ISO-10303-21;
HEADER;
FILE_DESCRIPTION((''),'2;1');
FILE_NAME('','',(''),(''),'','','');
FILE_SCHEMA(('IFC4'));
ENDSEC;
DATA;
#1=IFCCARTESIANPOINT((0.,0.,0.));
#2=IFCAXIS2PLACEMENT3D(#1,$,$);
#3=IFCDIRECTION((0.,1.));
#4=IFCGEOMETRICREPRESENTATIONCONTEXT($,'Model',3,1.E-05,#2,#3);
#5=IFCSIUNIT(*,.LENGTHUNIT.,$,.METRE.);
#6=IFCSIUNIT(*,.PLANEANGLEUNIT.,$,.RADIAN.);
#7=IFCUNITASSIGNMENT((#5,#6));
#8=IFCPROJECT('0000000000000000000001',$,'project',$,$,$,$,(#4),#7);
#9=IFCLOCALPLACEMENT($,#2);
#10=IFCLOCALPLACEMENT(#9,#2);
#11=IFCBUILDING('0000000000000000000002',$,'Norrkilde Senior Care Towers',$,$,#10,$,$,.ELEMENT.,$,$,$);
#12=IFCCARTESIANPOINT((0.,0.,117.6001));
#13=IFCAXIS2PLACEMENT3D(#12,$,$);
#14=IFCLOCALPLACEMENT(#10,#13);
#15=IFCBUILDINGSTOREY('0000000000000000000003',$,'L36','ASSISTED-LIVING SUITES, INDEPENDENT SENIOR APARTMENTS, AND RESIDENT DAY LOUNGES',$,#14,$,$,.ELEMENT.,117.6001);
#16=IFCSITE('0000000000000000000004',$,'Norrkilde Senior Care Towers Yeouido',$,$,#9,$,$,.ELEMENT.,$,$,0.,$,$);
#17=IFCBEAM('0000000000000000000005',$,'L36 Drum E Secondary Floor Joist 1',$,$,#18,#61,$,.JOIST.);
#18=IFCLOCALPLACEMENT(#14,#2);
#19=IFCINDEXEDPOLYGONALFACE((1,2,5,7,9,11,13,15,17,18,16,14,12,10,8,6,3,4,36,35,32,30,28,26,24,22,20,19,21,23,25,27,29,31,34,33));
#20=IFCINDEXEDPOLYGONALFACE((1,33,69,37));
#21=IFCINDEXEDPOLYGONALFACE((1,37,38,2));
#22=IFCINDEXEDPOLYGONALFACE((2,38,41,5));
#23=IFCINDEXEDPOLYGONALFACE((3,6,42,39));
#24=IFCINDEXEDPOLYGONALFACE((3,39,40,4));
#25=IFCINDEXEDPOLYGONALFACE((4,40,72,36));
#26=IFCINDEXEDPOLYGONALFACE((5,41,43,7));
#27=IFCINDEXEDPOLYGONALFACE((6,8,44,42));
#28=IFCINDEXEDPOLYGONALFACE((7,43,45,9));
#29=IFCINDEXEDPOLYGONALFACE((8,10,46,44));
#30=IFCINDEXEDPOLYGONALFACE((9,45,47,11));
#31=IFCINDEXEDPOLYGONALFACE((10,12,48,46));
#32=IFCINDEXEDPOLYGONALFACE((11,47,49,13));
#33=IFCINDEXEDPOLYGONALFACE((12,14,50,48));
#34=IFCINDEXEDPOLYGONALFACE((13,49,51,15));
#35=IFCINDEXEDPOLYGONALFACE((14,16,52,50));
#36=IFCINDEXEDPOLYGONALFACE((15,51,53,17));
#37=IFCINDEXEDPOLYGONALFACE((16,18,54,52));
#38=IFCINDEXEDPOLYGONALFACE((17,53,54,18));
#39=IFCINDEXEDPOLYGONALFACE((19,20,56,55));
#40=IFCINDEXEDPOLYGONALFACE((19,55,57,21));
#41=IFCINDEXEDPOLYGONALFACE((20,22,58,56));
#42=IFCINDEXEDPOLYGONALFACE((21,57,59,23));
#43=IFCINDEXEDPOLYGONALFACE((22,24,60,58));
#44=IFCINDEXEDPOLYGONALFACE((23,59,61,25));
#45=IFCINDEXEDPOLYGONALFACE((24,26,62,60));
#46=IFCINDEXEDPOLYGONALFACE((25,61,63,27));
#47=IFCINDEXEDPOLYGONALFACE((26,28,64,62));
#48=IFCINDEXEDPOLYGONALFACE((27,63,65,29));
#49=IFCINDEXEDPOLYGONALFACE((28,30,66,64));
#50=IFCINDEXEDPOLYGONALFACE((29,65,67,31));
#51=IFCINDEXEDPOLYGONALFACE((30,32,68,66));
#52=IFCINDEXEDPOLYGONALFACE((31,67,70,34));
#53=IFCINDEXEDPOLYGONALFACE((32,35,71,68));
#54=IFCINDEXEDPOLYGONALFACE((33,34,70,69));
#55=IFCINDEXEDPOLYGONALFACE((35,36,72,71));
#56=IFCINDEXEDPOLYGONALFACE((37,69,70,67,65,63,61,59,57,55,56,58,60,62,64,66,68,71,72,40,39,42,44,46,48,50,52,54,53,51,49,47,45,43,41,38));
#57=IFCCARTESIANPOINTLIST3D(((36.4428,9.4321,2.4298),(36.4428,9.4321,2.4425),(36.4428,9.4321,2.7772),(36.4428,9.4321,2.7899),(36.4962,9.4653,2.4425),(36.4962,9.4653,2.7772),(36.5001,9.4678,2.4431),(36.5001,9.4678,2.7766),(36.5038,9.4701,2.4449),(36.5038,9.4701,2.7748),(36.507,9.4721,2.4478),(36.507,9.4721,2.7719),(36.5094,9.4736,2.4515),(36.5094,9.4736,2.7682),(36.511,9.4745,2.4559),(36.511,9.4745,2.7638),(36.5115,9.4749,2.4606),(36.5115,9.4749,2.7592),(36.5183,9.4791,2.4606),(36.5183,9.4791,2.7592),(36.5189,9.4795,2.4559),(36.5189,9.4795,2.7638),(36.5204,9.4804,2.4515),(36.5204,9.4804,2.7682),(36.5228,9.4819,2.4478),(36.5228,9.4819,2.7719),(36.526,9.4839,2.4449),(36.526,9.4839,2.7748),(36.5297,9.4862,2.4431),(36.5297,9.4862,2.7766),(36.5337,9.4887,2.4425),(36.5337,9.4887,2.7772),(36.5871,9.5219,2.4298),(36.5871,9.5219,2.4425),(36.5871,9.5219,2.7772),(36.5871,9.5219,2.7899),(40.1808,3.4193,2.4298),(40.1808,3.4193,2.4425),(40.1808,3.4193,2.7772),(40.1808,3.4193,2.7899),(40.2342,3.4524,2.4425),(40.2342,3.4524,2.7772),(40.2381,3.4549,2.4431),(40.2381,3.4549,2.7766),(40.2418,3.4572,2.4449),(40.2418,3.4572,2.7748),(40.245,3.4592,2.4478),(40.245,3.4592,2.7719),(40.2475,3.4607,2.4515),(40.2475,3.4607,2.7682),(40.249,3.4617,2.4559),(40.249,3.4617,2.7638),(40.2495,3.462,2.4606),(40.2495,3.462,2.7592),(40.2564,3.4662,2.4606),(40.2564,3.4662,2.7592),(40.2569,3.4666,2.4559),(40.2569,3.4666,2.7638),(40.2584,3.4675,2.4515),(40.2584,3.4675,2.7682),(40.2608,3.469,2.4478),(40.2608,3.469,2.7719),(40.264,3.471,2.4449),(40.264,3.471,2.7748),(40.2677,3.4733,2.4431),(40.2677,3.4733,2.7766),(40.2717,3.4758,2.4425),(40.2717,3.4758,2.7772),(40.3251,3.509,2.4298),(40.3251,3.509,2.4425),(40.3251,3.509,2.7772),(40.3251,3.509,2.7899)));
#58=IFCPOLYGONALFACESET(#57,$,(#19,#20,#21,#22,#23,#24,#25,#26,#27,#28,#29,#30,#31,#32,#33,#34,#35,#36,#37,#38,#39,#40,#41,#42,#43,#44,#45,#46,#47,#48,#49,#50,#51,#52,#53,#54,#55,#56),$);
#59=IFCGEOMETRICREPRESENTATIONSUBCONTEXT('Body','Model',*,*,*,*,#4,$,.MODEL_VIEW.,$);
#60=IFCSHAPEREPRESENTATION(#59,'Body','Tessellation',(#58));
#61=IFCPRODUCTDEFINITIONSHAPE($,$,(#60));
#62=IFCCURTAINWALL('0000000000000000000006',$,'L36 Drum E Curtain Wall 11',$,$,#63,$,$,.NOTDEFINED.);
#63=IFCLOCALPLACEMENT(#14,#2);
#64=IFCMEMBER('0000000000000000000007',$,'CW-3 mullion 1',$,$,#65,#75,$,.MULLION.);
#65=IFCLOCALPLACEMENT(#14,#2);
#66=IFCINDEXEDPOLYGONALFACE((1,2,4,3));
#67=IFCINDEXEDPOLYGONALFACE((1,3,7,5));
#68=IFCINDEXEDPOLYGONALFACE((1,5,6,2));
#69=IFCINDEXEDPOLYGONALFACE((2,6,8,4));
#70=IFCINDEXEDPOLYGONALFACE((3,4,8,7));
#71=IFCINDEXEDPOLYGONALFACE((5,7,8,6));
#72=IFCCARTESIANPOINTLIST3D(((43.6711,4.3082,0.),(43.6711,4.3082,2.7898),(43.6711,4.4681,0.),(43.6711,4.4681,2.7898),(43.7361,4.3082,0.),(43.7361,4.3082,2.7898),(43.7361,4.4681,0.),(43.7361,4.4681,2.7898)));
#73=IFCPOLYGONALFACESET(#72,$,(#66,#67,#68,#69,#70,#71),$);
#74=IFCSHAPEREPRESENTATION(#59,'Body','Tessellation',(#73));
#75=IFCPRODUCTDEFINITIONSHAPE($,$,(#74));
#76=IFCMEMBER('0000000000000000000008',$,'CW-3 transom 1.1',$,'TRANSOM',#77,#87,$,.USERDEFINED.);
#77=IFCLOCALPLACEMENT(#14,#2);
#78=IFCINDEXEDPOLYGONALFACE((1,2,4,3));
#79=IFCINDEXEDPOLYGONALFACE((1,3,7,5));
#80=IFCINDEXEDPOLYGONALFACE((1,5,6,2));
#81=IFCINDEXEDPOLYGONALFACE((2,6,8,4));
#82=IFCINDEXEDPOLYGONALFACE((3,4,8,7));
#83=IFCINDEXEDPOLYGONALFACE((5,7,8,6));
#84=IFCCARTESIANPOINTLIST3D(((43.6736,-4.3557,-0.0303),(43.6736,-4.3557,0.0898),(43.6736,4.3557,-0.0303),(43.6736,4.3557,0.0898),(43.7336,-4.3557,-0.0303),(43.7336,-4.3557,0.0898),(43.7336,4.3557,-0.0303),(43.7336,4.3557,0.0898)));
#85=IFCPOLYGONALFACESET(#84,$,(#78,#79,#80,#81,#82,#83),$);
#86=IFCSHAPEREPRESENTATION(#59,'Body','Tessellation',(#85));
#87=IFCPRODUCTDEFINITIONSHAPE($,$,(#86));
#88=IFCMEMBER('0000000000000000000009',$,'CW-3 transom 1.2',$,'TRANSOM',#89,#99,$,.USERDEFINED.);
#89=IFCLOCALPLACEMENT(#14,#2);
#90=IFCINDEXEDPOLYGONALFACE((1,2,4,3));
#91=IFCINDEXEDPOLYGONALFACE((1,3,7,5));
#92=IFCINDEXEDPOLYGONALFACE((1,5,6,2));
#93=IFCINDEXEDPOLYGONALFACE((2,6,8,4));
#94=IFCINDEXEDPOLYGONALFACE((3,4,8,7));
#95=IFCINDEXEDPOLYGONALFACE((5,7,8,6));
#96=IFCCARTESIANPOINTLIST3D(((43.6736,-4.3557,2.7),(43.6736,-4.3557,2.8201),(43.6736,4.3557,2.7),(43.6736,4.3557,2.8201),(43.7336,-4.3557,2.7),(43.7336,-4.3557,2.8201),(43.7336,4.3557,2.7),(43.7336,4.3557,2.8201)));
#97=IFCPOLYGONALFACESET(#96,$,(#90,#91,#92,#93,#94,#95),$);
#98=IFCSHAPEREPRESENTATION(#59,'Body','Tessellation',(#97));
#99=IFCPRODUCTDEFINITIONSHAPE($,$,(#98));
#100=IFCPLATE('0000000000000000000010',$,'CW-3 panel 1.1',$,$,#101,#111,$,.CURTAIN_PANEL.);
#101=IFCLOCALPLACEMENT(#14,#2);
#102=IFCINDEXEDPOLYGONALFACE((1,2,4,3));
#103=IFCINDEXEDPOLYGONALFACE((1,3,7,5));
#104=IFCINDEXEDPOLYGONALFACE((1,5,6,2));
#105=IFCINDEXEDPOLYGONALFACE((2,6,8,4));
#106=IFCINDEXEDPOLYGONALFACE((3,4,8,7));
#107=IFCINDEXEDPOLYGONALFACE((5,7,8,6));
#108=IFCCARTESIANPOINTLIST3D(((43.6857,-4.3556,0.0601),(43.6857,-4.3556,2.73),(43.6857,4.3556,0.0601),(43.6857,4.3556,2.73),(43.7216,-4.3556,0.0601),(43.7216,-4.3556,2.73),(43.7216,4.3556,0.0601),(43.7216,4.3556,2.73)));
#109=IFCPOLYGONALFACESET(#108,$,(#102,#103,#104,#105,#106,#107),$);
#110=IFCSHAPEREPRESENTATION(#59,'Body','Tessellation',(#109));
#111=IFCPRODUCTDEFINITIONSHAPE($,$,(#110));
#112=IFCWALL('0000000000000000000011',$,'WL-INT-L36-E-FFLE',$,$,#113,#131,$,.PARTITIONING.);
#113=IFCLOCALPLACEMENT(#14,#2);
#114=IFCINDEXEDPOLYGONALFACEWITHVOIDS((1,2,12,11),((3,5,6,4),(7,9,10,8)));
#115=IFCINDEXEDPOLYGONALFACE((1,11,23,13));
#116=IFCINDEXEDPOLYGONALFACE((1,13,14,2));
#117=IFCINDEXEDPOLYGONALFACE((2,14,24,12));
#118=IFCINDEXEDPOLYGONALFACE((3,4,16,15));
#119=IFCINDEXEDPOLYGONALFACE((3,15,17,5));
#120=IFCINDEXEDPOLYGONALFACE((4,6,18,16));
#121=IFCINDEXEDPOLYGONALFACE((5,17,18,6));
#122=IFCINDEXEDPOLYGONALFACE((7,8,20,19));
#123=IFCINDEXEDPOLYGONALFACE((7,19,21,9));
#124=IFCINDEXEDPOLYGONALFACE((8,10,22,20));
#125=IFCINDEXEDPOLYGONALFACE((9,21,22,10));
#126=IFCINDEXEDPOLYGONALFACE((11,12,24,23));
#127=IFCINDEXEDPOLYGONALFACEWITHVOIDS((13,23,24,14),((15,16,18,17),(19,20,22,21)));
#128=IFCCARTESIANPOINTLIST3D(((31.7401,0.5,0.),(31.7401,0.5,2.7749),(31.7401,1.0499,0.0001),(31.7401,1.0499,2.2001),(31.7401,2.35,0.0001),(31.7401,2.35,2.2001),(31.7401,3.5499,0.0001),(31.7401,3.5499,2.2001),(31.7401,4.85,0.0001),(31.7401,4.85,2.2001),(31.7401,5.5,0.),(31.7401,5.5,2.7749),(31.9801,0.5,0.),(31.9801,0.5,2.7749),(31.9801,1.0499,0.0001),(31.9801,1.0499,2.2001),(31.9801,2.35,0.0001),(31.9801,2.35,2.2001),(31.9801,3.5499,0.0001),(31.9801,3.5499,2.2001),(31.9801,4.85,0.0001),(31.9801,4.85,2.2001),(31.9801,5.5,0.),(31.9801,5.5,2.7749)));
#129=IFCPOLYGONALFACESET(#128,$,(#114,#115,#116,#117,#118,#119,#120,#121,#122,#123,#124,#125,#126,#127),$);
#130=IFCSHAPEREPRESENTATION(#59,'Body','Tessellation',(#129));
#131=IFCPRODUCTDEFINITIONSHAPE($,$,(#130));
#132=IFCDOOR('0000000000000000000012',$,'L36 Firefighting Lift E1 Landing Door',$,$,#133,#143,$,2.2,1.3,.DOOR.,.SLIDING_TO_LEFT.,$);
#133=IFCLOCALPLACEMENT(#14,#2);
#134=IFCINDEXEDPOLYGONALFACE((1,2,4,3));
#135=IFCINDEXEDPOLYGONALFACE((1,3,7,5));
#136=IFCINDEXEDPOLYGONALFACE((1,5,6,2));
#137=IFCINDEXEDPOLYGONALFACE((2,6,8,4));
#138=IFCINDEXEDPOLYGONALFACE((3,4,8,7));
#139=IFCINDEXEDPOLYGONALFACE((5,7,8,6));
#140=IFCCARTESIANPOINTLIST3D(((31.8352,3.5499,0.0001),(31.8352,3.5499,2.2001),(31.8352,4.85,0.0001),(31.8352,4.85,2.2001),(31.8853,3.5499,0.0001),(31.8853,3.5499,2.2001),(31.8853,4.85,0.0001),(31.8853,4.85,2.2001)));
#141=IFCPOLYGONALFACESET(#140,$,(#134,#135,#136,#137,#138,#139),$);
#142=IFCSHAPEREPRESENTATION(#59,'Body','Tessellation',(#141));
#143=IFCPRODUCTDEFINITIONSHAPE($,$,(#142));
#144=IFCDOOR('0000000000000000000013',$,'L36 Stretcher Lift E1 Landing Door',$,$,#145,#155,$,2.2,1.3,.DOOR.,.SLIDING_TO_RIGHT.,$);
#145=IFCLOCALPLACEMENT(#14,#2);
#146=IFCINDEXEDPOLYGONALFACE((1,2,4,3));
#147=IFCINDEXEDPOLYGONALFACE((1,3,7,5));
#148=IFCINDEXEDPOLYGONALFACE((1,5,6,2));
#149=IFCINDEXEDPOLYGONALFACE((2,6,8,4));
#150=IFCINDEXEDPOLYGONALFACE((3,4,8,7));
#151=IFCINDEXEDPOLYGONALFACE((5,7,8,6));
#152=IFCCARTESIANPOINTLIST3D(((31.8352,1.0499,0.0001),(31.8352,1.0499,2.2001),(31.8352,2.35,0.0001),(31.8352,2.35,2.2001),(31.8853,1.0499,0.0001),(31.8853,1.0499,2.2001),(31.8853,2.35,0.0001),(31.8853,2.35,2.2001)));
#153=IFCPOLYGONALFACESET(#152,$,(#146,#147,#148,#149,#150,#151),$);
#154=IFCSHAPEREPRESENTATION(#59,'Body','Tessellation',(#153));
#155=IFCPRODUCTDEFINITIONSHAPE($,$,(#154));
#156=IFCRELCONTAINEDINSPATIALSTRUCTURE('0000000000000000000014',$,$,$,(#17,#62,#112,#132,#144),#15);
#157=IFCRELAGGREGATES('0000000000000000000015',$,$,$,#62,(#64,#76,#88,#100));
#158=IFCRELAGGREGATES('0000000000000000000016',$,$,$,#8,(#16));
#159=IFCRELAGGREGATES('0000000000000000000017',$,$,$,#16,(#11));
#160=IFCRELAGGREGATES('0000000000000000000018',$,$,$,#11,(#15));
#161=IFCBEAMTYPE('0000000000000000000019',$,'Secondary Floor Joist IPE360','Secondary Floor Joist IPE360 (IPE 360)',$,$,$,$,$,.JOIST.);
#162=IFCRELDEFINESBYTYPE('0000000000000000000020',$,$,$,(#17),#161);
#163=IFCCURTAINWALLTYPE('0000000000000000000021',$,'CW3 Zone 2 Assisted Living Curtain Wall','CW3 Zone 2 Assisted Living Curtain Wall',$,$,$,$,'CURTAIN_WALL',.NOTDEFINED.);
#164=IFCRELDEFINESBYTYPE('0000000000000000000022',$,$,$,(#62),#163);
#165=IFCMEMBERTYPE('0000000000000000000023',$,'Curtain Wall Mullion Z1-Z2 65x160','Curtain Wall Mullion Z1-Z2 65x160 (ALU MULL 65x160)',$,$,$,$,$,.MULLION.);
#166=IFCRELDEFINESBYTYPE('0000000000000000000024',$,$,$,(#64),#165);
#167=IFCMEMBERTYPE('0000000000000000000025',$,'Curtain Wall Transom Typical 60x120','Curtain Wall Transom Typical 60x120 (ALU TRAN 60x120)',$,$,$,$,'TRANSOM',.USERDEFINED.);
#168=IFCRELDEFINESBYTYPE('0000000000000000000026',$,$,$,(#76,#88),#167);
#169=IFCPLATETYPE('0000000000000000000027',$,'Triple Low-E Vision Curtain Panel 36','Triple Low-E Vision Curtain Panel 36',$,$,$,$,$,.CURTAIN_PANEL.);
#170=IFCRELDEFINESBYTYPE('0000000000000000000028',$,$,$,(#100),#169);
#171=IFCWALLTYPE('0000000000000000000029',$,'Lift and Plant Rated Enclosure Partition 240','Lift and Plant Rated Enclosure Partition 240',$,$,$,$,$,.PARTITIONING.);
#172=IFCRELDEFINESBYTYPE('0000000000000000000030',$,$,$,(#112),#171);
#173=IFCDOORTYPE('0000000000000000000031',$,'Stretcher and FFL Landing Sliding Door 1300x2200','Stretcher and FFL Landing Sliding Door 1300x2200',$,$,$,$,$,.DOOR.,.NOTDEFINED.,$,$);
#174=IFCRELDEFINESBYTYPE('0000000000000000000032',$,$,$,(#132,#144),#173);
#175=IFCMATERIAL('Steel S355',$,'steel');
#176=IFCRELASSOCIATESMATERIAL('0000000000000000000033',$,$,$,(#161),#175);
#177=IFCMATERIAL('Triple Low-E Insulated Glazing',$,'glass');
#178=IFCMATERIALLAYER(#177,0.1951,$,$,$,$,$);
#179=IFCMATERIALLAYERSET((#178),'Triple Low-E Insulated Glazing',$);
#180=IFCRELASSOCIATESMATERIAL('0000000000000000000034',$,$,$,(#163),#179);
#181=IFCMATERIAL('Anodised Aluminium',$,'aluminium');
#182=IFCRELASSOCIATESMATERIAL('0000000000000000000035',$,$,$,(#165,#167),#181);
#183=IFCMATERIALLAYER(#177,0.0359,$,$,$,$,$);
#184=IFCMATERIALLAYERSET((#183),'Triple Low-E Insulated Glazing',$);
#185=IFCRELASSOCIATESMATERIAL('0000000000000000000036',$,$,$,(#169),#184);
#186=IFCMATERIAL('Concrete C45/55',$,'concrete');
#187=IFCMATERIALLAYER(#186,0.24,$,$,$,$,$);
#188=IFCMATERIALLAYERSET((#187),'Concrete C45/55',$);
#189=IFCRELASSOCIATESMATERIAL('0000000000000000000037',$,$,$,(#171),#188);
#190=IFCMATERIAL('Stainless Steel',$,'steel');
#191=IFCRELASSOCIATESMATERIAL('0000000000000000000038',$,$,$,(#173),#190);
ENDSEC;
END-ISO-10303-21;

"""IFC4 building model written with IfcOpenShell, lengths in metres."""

from ifc_helpers import new_model, si_unit, direction, frame, frame_2d, origin, origin_2d, place, context, subcontext, project, spatial, rectangle, i_section, extrude, source, transform, mapped, material, layer, layer_set, material_profile, profile_set, type_object, type_shapes, element, fill, aggregate, save


model = new_model("IFC4")

# Units and contexts
model_context = context("Model", 3, precision=1e-05, world=origin(), true_north=direction((0.0, 1.0)))
body_context = subcontext(model_context, "Body", "Model", "MODEL_VIEW")
ifc_project = project(units=[si_unit("LENGTHUNIT", "METRE"), si_unit("PLANEANGLEUNIT", "RADIAN")], contexts=[model_context])

# Site, building, storey
site_placement = place(None, origin())
site = spatial("IfcSite", under=ifc_project, at=site_placement, Name="Norrkilde Senior Care Towers Yeouido", CompositionType="ELEMENT", RefElevation=0.0)
building_placement = place(site_placement, origin())
building = spatial("IfcBuilding", under=site, at=building_placement, Name="Norrkilde Senior Care Towers", CompositionType="ELEMENT")
storey_placement = place(building_placement, frame((0.0, 0.0, 117.6001)))
storey = spatial("IfcBuildingStorey", under=building, at=storey_placement, Name="L36", Description="ASSISTED-LIVING SUITES, INDEPENDENT SENIOR APARTMENTS, AND RESIDENT DAY LOUNGES", CompositionType="ELEMENT", Elevation=117.6001)

# Beam
ifc_material_1 = material(Name="Steel S355", Category="steel")
ifc_material_profile_1 = material_profile(ifc_material_1, i_section(OverallWidth=0.1699, OverallDepth=0.3601, WebThickness=0.0081, FlangeThickness=0.0127, FilletRadius=0.0181, at=origin_2d()), Name="IPE 360")
ifc_profile_set_1 = profile_set([ifc_material_profile_1], Name="Steel S355")
beam_type_1 = type_object("IfcBeamType", Name="Secondary Floor Joist IPE360", Description="Secondary Floor Joist IPE360 (IPE 360)", PredefinedType="JOIST", material=ifc_profile_set_1)
shared_shape_1 = source(origin(), body_context, "Body", "SweptSolid", [
    extrude(i_section(OverallWidth=0.1699, OverallDepth=0.3601, WebThickness=0.0081, FlangeThickness=0.0127, FilletRadius=0.0181, at=origin_2d()), origin(), (0.0, 0.0, 1.0), 7.0801),
])
type_shapes(beam_type_1, [shared_shape_1])
beam_1_placement = place(storey_placement, frame((40.2529, 3.4641, 2.6099), z_axis=(-0.527961, 0.849269, 0.0), x_axis=(-0.849269, -0.527961, 0.0)))
element("IfcBeam", 1, at=beam_1_placement, inside=storey, type_object=beam_type_1, Name="L36 Drum E Secondary Floor Joist 1", PredefinedType="JOIST", context=body_context, shape_type="MappedRepresentation", body=[
    mapped(shared_shape_1, transform((0.0, 0.0, 0.0), x_axis=(1.0, 0.0, 0.0), y_axis=(0.0, 1.0, 0.0), z_axis=(0.0, 0.0, 1.0), scale=1.0)),
])

# Curtain wall, members, plate
ifc_material_2 = material(Name="Triple Low-E Insulated Glazing", Category="glass")
ifc_layer_1 = layer(ifc_material_2, 0.1951)
ifc_layer_set_1 = layer_set([ifc_layer_1], Name="Triple Low-E Insulated Glazing")
curtain_wall_type = type_object("IfcCurtainWallType", Name="CW3 Zone 2 Assisted Living Curtain Wall", Description="CW3 Zone 2 Assisted Living Curtain Wall", ElementType="CURTAIN_WALL", PredefinedType="NOTDEFINED", material=ifc_layer_set_1)
curtain_wall_placement = place(storey_placement, origin())
curtain_wall = element("IfcCurtainWall", 2, at=curtain_wall_placement, inside=storey, type_object=curtain_wall_type, Name="L36 Drum E Curtain Wall 11", PredefinedType="NOTDEFINED")
ifc_material_3 = material(Name="Anodised Aluminium", Category="aluminium")
ifc_material_profile_2 = material_profile(ifc_material_3, rectangle(XDim=0.0649, YDim=0.1599, at=origin_2d()), Name="ALU MULL 65x160")
ifc_profile_set_2 = profile_set([ifc_material_profile_2], Name="Anodised Aluminium")
member_type_1 = type_object("IfcMemberType", Name="Curtain Wall Mullion Z1-Z2 65x160", Description="Curtain Wall Mullion Z1-Z2 65x160 (ALU MULL 65x160)", PredefinedType="MULLION", material=ifc_profile_set_2)
shared_shape_2 = source(origin(), body_context, "Body", "SweptSolid", [
    extrude(rectangle(XDim=0.0649, YDim=0.1599, at=origin_2d()), origin(), (0.0, 0.0, 1.0), 2.7898),
])
type_shapes(member_type_1, [shared_shape_2])
member_1_placement = place(storey_placement, frame((43.7036, 4.3882, 0.0), z_axis=(0.0, 0.0, 1.0), x_axis=(1.0, 0.0, 0.0)))
member_1 = element("IfcMember", 3, at=member_1_placement, type_object=member_type_1, Name="CW-3 mullion 1", PredefinedType="MULLION", context=body_context, shape_type="MappedRepresentation", body=[
    mapped(shared_shape_2, transform((0.0, 0.0, 0.0), x_axis=(1.0, 0.0, 0.0), y_axis=(0.0, 1.0, 0.0), z_axis=(0.0, 0.0, 1.0), scale=1.0)),
])
ifc_material_profile_3 = material_profile(ifc_material_3, rectangle(XDim=0.0601, YDim=0.1201, at=origin_2d()), Name="ALU TRAN 60x120")
ifc_profile_set_3 = profile_set([ifc_material_profile_3], Name="Anodised Aluminium")
member_type_2 = type_object("IfcMemberType", Name="Curtain Wall Transom Typical 60x120", Description="Curtain Wall Transom Typical 60x120 (ALU TRAN 60x120)", ElementType="TRANSOM", PredefinedType="USERDEFINED", material=ifc_profile_set_3)
shared_shape_3 = source(origin(), body_context, "Body", "SweptSolid", [
    extrude(rectangle(XDim=0.0601, YDim=0.1201, at=origin_2d()), origin(), (0.0, 0.0, 1.0), 8.7114),
])
type_shapes(member_type_2, [shared_shape_3])
member_2_placement = place(storey_placement, frame((43.7036, 4.3557, 0.0298), z_axis=(0.0, -1.0, 0.0), x_axis=(1.0, 0.0, 0.0)))
member_2 = element("IfcMember", 4, at=member_2_placement, type_object=member_type_2, Name="CW-3 transom 1.1", ObjectType="TRANSOM", PredefinedType="USERDEFINED", context=body_context, shape_type="MappedRepresentation", body=[
    mapped(shared_shape_3, transform((0.0, 0.0, 0.0), x_axis=(1.0, 0.0, 0.0), y_axis=(0.0, 1.0, 0.0), z_axis=(0.0, 0.0, 1.0), scale=1.0)),
])
member_3_placement = place(storey_placement, frame((43.7036, 4.3557, 2.76), z_axis=(0.0, -1.0, 0.0), x_axis=(1.0, 0.0, 0.0)))
member_3 = element("IfcMember", 5, at=member_3_placement, type_object=member_type_2, Name="CW-3 transom 1.2", ObjectType="TRANSOM", PredefinedType="USERDEFINED", context=body_context, shape_type="MappedRepresentation", body=[
    mapped(shared_shape_3, transform((0.0, 0.0, 0.0), x_axis=(1.0, 0.0, 0.0), y_axis=(0.0, 1.0, 0.0), z_axis=(0.0, 0.0, 1.0), scale=1.0)),
])
ifc_layer_2 = layer(ifc_material_2, 0.0359)
ifc_layer_set_2 = layer_set([ifc_layer_2], Name="Triple Low-E Insulated Glazing")
plate_type = type_object("IfcPlateType", Name="Triple Low-E Vision Curtain Panel 36", Description="Triple Low-E Vision Curtain Panel 36", PredefinedType="CURTAIN_PANEL", material=ifc_layer_set_2)
shared_shape_4 = source(origin(), body_context, "Body", "SweptSolid", [
    extrude(rectangle(XDim=8.7112, YDim=0.0359, at=origin_2d()), origin(), (0.0, 0.0, 1.0), 2.6699),
])
type_shapes(plate_type, [shared_shape_4])
plate_placement = place(storey_placement, frame((43.7036, 0.0, 0.0601), z_axis=(0.0, 0.0, 1.0), x_axis=(0.0, -1.0, 0.0)))
plate = element("IfcPlate", 6, at=plate_placement, type_object=plate_type, Name="CW-3 panel 1.1", PredefinedType="CURTAIN_PANEL", context=body_context, shape_type="MappedRepresentation", body=[
    mapped(shared_shape_4, transform((0.0, 0.0, 0.0), x_axis=(1.0, 0.0, 0.0), y_axis=(0.0, 1.0, 0.0), z_axis=(0.0, 0.0, 1.0), scale=1.0)),
])
aggregate(curtain_wall, [member_1, member_2, member_3, plate])

# Wall, openings, doors
ifc_material_4 = material(Name="Concrete C45/55", Category="concrete")
ifc_layer_3 = layer(ifc_material_4, 0.24)
ifc_layer_set_3 = layer_set([ifc_layer_3], Name="Concrete C45/55")
wall_type_1 = type_object("IfcWallType", Name="Lift and Plant Rated Enclosure Partition 240", Description="Lift and Plant Rated Enclosure Partition 240", PredefinedType="PARTITIONING", material=ifc_layer_set_3)
shared_shape_5 = source(origin(), body_context, "Body", "SweptSolid", [
    extrude(rectangle(XDim=5.0, YDim=0.24, at=frame_2d((2.5, 0.0))), origin(), (0.0, 0.0, 1.0), 2.7749),
])
wall_1_placement = place(storey_placement, frame((31.8601, 0.5, 0.0), z_axis=(0.0, 0.0, 1.0), x_axis=(0.0, 1.0, 0.0)))
wall_1 = element("IfcWall", 7, at=wall_1_placement, inside=storey, type_object=wall_type_1, Name="WL-INT-L36-E-FFLE", PredefinedType="PARTITIONING", context=body_context, shape_type="MappedRepresentation", body=[
    mapped(shared_shape_5, transform((0.0, 0.0, 0.0), x_axis=(1.0, 0.0, 0.0), y_axis=(0.0, 1.0, 0.0), z_axis=(0.0, 0.0, 1.0), scale=1.0)),
])
opening_1_placement = place(wall_1_placement, frame((3.05, 0.0, 0.0)))
opening_1 = element("IfcOpeningElement", 8, at=opening_1_placement, cuts=wall_1, PredefinedType="OPENING", context=body_context, shape_type="SweptSolid", body=[
    extrude(rectangle(XDim=1.3, YDim=2.2, at=frame_2d((0.6499, 1.1001))), frame((0.0, 0.1299, 0.0), z_axis=(0.0, -1.0, 0.0), x_axis=(1.0, 0.0, 0.0)), (0.0, 0.0, 1.0), 0.26),
])
opening_2_placement = place(wall_1_placement, frame((0.55, 0.0, 0.0)))
opening_2 = element("IfcOpeningElement", 9, at=opening_2_placement, cuts=wall_1, PredefinedType="OPENING", context=body_context, shape_type="SweptSolid", body=[
    extrude(rectangle(XDim=1.3, YDim=2.2, at=frame_2d((0.6499, 1.1001))), frame((0.0, 0.1299, 0.0), z_axis=(0.0, -1.0, 0.0), x_axis=(1.0, 0.0, 0.0)), (0.0, 0.0, 1.0), 0.26),
])
ifc_material_5 = material(Name="Stainless Steel", Category="steel")
door_type_1 = type_object("IfcDoorType", Name="Stretcher and FFL Landing Sliding Door 1300x2200", Description="Stretcher and FFL Landing Sliding Door 1300x2200", OperationType="NOTDEFINED", PredefinedType="DOOR", material=ifc_material_5)
shared_shape_6 = source(origin(), body_context, "Body", "SweptSolid", [
    extrude(rectangle(XDim=1.3, YDim=2.2, at=frame_2d((0.6499, 1.1001))), frame((0.0, 0.0249, 0.0), z_axis=(0.0, -1.0, 0.0), x_axis=(1.0, 0.0, 0.0)), (0.0, 0.0, 1.0), 0.05),
])
type_shapes(door_type_1, [shared_shape_6])
door_1_placement = place(opening_1_placement, origin())
door_1 = element("IfcDoor", 10, at=door_1_placement, inside=storey, type_object=door_type_1, Name="L36 Firefighting Lift E1 Landing Door", OperationType="SLIDING_TO_LEFT", OverallHeight=2.2, OverallWidth=1.3, PredefinedType="DOOR", context=body_context, shape_type="MappedRepresentation", body=[
    mapped(shared_shape_6, transform((0.0, 0.0, 0.0), x_axis=(1.0, 0.0, 0.0), y_axis=(0.0, 1.0, 0.0), z_axis=(0.0, 0.0, 1.0), scale=1.0)),
])
fill(opening_1, door_1)
door_2_placement = place(opening_2_placement, origin())
door_2 = element("IfcDoor", 11, at=door_2_placement, inside=storey, type_object=door_type_1, Name="L36 Stretcher Lift E1 Landing Door", OperationType="SLIDING_TO_RIGHT", OverallHeight=2.2, OverallWidth=1.3, PredefinedType="DOOR", context=body_context, shape_type="MappedRepresentation", body=[
    mapped(shared_shape_6, transform((0.0, 0.0, 0.0), x_axis=(1.0, 0.0, 0.0), y_axis=(0.0, 1.0, 0.0), z_axis=(0.0, 0.0, 1.0), scale=1.0)),
])
fill(opening_2, door_2)

save(model, "model.ifc")
